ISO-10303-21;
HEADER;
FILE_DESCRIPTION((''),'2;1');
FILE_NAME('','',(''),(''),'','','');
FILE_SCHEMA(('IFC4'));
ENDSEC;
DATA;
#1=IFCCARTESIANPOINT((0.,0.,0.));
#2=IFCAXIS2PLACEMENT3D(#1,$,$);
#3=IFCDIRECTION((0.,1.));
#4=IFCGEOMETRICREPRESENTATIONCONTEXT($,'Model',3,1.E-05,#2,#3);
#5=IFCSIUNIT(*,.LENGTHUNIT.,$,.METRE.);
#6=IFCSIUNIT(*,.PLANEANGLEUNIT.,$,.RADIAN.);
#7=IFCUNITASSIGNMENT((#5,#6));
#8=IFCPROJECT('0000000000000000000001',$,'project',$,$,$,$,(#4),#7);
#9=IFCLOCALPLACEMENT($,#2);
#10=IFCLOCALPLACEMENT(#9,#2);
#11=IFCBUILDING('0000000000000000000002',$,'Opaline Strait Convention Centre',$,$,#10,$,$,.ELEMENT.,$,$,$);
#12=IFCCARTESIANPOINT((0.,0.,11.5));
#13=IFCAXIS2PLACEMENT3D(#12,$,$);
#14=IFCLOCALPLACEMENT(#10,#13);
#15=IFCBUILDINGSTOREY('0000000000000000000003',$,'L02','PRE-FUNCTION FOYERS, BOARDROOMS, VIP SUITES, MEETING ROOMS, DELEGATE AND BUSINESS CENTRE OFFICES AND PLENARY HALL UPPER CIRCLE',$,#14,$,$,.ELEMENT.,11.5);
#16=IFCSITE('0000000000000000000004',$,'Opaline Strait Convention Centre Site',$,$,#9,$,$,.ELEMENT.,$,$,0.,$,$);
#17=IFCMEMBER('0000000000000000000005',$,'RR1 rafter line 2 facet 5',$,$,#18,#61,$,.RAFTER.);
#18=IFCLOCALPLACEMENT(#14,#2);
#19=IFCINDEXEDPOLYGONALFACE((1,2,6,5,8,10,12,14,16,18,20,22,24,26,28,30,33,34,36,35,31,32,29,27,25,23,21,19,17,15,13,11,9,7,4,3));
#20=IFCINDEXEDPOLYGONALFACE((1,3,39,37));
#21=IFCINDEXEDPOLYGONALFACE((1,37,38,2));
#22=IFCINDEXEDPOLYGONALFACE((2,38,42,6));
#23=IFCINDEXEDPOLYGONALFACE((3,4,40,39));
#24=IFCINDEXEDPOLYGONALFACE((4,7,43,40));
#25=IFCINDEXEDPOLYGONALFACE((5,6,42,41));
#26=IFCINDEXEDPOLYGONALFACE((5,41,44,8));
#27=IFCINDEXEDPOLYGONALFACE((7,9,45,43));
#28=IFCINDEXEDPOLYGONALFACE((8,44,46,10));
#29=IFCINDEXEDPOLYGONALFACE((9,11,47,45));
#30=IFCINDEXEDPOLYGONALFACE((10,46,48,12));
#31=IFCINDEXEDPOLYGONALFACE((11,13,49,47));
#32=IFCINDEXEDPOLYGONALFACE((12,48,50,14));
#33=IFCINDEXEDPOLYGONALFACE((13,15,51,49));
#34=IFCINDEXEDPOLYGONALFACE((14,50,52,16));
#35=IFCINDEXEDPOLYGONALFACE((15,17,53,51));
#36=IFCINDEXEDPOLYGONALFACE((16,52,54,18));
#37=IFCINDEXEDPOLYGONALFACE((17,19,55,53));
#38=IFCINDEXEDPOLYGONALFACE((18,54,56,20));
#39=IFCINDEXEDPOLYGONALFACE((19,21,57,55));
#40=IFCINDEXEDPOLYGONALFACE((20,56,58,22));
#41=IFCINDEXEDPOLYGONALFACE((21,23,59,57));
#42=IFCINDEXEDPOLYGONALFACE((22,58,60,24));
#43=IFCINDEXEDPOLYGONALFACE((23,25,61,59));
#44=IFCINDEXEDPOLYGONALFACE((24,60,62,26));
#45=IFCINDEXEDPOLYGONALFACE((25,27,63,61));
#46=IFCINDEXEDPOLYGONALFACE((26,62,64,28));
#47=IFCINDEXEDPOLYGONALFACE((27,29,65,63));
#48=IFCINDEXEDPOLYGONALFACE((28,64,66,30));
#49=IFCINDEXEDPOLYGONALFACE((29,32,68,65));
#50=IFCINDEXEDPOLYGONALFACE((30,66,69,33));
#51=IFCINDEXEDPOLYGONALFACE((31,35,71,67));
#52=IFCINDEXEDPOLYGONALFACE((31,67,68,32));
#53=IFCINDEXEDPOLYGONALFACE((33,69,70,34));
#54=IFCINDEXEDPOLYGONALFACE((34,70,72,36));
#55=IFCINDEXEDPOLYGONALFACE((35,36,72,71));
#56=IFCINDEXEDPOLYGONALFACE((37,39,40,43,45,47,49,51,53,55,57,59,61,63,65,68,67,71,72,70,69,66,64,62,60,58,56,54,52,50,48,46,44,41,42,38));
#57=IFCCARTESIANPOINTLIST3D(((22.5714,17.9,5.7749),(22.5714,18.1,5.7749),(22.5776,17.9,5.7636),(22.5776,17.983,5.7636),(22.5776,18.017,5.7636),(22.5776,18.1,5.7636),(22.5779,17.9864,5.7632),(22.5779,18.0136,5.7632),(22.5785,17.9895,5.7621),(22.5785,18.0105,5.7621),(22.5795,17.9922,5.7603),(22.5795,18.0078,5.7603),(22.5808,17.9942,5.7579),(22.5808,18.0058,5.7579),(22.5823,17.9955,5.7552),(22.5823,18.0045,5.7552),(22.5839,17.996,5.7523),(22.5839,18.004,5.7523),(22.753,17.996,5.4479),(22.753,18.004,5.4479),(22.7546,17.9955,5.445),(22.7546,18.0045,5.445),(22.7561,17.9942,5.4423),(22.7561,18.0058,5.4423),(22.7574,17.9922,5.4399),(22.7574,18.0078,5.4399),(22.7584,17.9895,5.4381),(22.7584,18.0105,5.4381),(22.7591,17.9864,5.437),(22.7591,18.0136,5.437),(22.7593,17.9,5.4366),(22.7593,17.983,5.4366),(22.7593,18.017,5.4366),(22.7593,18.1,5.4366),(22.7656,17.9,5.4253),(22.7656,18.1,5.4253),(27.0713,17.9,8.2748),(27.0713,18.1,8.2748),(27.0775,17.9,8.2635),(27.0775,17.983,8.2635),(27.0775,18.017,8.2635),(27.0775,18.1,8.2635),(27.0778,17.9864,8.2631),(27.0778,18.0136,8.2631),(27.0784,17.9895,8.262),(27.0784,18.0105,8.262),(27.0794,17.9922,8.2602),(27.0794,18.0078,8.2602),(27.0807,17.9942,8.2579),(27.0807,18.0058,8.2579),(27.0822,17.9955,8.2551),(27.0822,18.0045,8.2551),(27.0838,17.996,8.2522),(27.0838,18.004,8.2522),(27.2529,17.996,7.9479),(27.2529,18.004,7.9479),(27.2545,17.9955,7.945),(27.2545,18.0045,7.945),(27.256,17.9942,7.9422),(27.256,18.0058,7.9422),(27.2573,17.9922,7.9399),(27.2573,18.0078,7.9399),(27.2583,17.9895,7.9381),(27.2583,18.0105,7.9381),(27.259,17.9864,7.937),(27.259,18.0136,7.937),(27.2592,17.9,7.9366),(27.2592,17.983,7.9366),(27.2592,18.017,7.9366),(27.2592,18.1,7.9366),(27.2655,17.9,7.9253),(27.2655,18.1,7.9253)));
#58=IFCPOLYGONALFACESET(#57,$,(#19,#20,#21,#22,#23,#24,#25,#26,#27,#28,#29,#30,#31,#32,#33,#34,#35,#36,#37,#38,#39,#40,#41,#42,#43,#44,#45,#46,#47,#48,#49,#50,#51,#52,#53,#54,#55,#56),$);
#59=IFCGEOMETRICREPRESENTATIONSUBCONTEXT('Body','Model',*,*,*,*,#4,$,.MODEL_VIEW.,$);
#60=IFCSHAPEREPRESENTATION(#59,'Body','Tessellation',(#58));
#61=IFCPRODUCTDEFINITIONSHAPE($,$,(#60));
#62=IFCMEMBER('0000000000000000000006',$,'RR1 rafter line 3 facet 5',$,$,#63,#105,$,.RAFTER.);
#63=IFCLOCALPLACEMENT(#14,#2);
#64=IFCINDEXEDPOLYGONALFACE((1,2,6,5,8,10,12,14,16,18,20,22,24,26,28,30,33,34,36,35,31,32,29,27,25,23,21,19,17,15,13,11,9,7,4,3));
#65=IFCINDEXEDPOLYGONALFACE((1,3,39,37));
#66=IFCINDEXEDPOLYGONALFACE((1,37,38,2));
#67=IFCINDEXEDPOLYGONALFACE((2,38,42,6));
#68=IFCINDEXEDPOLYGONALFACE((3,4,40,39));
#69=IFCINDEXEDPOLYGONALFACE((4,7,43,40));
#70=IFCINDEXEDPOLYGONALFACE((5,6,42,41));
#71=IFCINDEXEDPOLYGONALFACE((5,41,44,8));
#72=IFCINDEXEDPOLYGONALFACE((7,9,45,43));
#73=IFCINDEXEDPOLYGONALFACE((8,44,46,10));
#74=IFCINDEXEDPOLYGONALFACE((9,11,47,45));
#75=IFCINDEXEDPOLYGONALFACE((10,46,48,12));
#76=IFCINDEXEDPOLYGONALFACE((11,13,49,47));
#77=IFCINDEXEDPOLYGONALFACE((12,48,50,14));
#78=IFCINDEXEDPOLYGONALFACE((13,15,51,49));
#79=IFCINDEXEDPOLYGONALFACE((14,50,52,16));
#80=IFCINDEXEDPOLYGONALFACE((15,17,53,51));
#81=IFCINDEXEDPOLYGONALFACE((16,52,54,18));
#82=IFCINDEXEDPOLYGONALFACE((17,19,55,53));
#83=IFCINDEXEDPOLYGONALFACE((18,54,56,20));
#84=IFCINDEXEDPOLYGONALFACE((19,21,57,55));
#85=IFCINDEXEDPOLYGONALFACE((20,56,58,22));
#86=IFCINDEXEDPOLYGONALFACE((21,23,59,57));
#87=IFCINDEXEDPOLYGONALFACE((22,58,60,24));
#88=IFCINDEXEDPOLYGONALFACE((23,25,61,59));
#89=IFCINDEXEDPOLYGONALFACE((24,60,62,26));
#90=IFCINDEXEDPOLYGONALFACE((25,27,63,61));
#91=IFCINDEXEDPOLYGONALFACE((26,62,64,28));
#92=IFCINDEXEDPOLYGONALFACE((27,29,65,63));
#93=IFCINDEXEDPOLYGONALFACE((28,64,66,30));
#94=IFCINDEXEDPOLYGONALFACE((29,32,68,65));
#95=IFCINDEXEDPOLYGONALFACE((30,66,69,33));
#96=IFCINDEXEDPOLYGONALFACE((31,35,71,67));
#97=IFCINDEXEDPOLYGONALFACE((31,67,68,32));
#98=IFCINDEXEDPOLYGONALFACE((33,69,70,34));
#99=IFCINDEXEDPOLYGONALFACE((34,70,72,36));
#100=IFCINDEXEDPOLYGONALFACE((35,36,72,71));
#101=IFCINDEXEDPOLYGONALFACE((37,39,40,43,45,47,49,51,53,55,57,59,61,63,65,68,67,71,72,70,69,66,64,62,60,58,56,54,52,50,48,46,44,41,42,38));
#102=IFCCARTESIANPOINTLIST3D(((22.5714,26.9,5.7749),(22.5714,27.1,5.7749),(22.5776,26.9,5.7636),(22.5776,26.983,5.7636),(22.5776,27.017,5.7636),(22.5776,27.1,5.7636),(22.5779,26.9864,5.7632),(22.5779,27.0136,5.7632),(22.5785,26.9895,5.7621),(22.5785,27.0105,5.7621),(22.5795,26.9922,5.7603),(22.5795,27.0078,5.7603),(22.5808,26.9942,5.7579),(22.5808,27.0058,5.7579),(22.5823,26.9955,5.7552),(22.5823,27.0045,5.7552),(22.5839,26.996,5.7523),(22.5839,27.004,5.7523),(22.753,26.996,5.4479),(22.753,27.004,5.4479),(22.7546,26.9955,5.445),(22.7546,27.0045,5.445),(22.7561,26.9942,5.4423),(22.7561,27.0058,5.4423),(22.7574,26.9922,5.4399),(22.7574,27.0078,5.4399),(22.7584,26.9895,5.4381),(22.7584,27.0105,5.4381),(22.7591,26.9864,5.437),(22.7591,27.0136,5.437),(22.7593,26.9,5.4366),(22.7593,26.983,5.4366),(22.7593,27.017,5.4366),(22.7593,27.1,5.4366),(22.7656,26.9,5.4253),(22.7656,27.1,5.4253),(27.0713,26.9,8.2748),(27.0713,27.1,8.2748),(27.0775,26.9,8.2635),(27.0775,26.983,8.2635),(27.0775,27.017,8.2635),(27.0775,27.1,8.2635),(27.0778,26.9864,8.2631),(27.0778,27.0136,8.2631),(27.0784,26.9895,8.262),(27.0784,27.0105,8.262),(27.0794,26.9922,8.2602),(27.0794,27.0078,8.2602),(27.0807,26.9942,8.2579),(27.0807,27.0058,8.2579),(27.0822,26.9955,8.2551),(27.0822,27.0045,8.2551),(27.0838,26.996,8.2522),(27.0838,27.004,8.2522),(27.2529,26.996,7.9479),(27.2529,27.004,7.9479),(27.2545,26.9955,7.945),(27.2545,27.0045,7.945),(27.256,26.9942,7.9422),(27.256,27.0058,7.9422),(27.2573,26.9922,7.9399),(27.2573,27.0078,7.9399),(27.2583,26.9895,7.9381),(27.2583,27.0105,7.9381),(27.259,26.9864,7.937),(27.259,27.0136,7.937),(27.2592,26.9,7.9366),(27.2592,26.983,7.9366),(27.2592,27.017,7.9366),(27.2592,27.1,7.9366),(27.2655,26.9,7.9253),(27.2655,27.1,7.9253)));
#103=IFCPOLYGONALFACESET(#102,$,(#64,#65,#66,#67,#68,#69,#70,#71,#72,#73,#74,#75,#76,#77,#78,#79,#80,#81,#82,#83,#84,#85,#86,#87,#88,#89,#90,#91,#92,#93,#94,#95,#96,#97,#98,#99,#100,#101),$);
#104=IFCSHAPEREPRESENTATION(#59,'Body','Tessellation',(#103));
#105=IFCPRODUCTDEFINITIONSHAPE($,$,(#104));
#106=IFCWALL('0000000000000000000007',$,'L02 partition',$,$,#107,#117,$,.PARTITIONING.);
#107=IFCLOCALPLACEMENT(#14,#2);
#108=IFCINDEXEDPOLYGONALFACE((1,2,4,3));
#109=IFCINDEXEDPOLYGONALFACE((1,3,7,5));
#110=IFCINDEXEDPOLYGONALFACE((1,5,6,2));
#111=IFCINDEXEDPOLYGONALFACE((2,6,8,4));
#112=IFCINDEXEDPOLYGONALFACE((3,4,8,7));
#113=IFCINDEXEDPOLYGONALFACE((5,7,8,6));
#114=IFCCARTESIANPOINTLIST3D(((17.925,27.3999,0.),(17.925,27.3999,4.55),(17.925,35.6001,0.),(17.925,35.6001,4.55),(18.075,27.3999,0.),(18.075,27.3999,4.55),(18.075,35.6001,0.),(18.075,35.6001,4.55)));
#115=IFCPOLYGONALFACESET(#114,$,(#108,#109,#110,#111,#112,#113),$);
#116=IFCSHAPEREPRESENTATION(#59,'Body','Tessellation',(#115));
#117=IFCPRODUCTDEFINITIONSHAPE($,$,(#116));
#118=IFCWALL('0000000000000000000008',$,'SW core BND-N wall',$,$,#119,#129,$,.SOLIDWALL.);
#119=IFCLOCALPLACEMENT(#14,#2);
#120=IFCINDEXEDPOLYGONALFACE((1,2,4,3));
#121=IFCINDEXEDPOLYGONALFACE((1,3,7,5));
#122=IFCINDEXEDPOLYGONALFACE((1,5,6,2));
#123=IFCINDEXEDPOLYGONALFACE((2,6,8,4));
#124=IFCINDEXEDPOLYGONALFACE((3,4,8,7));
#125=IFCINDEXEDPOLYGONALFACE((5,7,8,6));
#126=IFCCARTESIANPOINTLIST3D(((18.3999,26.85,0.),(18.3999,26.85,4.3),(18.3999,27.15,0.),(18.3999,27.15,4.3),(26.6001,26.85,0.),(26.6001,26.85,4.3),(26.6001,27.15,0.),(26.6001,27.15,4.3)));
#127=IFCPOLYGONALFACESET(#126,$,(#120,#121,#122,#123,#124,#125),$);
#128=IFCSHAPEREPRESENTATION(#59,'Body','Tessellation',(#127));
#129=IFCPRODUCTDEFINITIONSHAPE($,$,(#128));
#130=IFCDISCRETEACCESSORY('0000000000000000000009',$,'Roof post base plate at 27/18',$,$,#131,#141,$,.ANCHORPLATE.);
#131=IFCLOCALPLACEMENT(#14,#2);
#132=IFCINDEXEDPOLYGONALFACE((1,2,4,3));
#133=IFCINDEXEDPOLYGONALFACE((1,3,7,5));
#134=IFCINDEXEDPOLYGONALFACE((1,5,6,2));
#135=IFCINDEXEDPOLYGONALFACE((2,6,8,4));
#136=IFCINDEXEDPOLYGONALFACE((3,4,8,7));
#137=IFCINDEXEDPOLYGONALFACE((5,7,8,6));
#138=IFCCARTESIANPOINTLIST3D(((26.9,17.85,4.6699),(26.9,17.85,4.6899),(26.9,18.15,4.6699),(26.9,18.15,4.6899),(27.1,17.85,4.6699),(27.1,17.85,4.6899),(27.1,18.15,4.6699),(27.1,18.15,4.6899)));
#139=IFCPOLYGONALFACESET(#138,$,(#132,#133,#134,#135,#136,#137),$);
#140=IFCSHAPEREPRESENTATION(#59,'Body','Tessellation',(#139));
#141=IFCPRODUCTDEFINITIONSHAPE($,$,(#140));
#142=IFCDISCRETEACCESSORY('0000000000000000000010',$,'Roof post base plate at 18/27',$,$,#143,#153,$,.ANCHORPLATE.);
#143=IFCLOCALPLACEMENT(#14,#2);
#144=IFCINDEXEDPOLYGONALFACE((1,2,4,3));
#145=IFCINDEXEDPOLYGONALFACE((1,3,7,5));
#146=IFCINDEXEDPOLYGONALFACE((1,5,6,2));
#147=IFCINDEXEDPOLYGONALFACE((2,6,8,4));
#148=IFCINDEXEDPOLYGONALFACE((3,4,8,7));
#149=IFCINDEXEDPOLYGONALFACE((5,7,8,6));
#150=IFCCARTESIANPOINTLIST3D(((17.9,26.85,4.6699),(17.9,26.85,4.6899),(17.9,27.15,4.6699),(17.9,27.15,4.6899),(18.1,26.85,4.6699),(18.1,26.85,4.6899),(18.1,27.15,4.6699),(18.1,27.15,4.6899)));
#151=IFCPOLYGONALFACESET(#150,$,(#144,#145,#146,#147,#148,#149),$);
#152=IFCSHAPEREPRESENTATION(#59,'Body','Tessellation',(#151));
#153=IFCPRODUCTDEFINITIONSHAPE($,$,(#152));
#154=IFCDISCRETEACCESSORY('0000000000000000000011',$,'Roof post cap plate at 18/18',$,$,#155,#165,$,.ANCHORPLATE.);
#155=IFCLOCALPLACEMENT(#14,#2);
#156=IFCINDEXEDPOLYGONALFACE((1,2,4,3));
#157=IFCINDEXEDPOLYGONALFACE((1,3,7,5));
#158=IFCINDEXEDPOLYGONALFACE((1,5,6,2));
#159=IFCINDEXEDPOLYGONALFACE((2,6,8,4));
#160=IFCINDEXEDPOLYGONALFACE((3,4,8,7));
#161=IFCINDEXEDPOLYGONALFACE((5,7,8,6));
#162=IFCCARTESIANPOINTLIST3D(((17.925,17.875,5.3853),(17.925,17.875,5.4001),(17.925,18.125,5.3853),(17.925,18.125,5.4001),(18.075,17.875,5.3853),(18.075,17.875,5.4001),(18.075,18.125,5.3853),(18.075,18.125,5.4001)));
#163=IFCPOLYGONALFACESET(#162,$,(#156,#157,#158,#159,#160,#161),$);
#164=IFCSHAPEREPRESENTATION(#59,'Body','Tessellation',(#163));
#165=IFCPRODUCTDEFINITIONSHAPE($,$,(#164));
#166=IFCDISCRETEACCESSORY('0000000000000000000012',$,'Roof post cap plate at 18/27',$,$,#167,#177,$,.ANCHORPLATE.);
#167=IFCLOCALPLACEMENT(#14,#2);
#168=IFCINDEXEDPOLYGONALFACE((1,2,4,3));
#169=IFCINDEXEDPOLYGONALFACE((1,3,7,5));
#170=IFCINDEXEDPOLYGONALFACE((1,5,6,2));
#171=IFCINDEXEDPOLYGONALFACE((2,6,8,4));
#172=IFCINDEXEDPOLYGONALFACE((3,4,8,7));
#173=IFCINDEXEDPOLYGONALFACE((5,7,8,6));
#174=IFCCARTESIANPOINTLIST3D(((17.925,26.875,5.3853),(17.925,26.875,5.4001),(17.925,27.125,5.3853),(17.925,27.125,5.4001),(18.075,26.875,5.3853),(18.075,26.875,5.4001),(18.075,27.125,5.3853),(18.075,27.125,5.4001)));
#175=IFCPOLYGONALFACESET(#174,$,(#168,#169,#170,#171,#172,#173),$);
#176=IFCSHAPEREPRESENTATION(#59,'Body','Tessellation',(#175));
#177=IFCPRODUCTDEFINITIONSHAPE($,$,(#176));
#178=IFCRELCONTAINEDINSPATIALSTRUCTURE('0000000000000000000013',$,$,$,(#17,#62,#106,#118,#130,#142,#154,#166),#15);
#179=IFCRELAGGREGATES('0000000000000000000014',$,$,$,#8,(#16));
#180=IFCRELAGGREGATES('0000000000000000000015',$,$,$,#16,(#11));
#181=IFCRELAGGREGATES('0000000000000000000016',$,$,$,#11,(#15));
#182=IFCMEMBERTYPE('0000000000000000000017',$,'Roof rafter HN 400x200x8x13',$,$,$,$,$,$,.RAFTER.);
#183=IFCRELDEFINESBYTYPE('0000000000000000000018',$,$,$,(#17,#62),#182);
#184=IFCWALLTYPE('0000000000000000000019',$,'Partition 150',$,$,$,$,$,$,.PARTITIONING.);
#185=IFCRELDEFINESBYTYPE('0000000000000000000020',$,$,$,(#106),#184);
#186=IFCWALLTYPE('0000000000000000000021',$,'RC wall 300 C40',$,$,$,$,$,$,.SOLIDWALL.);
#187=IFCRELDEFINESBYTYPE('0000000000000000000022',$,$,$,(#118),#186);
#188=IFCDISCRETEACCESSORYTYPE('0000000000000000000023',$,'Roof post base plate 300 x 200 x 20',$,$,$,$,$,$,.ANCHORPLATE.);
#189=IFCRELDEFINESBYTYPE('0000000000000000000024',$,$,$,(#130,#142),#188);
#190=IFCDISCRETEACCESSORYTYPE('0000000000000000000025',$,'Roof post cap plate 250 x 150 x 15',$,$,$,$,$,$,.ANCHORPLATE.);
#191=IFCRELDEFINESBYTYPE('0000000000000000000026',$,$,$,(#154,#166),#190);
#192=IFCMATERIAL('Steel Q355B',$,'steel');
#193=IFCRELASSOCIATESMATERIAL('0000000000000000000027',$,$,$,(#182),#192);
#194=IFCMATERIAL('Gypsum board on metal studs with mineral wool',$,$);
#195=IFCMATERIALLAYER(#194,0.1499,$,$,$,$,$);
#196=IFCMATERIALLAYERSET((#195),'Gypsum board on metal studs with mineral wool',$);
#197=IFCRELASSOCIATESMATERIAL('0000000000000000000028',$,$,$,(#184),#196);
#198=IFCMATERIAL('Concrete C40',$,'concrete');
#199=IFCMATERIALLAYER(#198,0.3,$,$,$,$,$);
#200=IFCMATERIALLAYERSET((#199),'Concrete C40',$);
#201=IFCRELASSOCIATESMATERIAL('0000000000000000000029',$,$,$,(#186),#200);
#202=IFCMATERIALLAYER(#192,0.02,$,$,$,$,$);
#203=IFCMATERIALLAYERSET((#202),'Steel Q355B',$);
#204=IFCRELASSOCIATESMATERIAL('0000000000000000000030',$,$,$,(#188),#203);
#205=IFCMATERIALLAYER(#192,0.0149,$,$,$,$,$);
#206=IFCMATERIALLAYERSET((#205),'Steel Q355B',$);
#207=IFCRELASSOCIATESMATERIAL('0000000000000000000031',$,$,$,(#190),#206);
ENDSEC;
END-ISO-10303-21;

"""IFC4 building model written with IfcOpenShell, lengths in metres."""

from ifc_helpers import new_model, si_unit, direction, frame, frame_2d, origin, origin_2d, place, context, subcontext, project, spatial, rectangle, i_section, extrude, material, layer, layer_set, material_profile, profile_set, type_object, element, save


model = new_model("IFC4")

# Units and contexts
model_context = context("Model", 3, precision=1e-05, world=origin(), true_north=direction((0.0, 1.0)))
body_context = subcontext(model_context, "Body", "Model", "MODEL_VIEW")
ifc_project = project(units=[si_unit("LENGTHUNIT", "METRE"), si_unit("PLANEANGLEUNIT", "RADIAN")], contexts=[model_context])

# Site, building, storey
site_placement = place(None, origin())
site = spatial("IfcSite", under=ifc_project, at=site_placement, Name="Opaline Strait Convention Centre Site", CompositionType="ELEMENT", RefElevation=0.0)
building_placement = place(site_placement, origin())
building = spatial("IfcBuilding", under=site, at=building_placement, Name="Opaline Strait Convention Centre", CompositionType="ELEMENT")
storey_placement = place(building_placement, frame((0.0, 0.0, 11.5)))
storey = spatial("IfcBuildingStorey", under=building, at=storey_placement, Name="L02", Description="PRE-FUNCTION FOYERS, BOARDROOMS, VIP SUITES, MEETING ROOMS, DELEGATE AND BUSINESS CENTRE OFFICES AND PLENARY HALL UPPER CIRCLE", CompositionType="ELEMENT", Elevation=11.5)

# Shared definitions
ifc_material_1 = material(Name="Concrete C40", Category="concrete")

# Shared definitions
ifc_material_2 = material(Name="Steel Q355B", Category="steel")

# Members
ifc_material_profile_1 = material_profile(ifc_material_2, i_section(OverallWidth=0.2, OverallDepth=0.3999, WebThickness=0.0081, FlangeThickness=0.0129, FilletRadius=0.0129, at=origin_2d()), Name="HN 400x200x8x13")
ifc_profile_set_1 = profile_set([ifc_material_profile_1], Name="Steel Q355B")
member_type_1 = type_object("IfcMemberType", Name="Roof rafter HN 400x200x8x13", PredefinedType="RAFTER", material=ifc_profile_set_1)
for number, where, z_axis, x_axis, name in (
    (1, (22.6685, 18.0, 5.6001), (0.874157, 0.0, 0.485643), (0.0, 1.0, 0.0), "RR1 rafter line 2 facet 5"),
    (2, (22.6685, 27.0, 5.6001), (0.874157, 0.0, 0.485643), (0.0, 1.0, 0.0), "RR1 rafter line 3 facet 5"),
):
    element("IfcMember", number, at=place(storey_placement, frame(where, z_axis=z_axis, x_axis=x_axis)), inside=storey, type_object=member_type_1, Name=name, PredefinedType="RAFTER", context=body_context, shape_type="SweptSolid", body=[
        extrude(i_section(OverallWidth=0.2, OverallDepth=0.3999, WebThickness=0.0081, FlangeThickness=0.0129, FilletRadius=0.0129, at=origin_2d()), origin(), (0.0, 0.0, 1.0), 5.1477),
    ])

# Walls
ifc_material_3 = material(Name="Gypsum board on metal studs with mineral wool")
ifc_layer_1 = layer(ifc_material_3, 0.1499)
ifc_layer_set_1 = layer_set([ifc_layer_1], Name="Gypsum board on metal studs with mineral wool")
wall_type_1 = type_object("IfcWallType", Name="Partition 150", PredefinedType="PARTITIONING", material=ifc_layer_set_1)
wall_1_placement = place(storey_placement, frame((18.0, 27.3999, 0.0), z_axis=(0.0, 0.0, 1.0), x_axis=(0.0, 1.0, 0.0)))
element("IfcWall", 3, at=wall_1_placement, inside=storey, type_object=wall_type_1, Name="L02 partition", PredefinedType="PARTITIONING", context=body_context, shape_type="SweptSolid", body=[
    extrude(rectangle(XDim=8.2002, YDim=0.1499, at=frame_2d((4.1001, 0.0))), origin(), (0.0, 0.0, 1.0), 4.55),
])
ifc_layer_2 = layer(ifc_material_1, 0.3)
ifc_layer_set_2 = layer_set([ifc_layer_2], Name="Concrete C40")
wall_type_2 = type_object("IfcWallType", Name="RC wall 300 C40", PredefinedType="SOLIDWALL", material=ifc_layer_set_2)
wall_2_placement = place(storey_placement, frame((18.3999, 27.0, 0.0), z_axis=(0.0, 0.0, 1.0), x_axis=(1.0, 0.0, 0.0)))
element("IfcWall", 4, at=wall_2_placement, inside=storey, type_object=wall_type_2, Name="SW core BND-N wall", PredefinedType="SOLIDWALL", context=body_context, shape_type="SweptSolid", body=[
    extrude(rectangle(XDim=8.2002, YDim=0.3, at=frame_2d((4.1001, 0.0))), origin(), (0.0, 0.0, 1.0), 4.3),
])

# Discrete accessories
ifc_layer_3 = layer(ifc_material_2, 0.02)
ifc_layer_set_3 = layer_set([ifc_layer_3], Name="Steel Q355B")
discrete_accessory_type_1 = type_object("IfcDiscreteAccessoryType", Name="Roof post base plate 300 x 200 x 20", PredefinedType="ANCHORPLATE", material=ifc_layer_set_3)
for number, where, z_axis, x_axis, name in (
    (5, (27.0, 18.0, 4.6699), (0.0, 0.0, 1.0), (1.0, 0.0, 0.0), "Roof post base plate at 27/18"),
    (6, (18.0, 27.0, 4.6699), (0.0, 0.0, 1.0), (1.0, 0.0, 0.0), "Roof post base plate at 18/27"),
):
    element("IfcDiscreteAccessory", number, at=place(storey_placement, frame(where, z_axis=z_axis, x_axis=x_axis)), inside=storey, type_object=discrete_accessory_type_1, Name=name, PredefinedType="ANCHORPLATE", context=body_context, shape_type="SweptSolid", body=[
        extrude(rectangle(XDim=0.2, YDim=0.3, at=origin_2d()), origin(), (0.0, 0.0, 1.0), 0.02),
    ])
ifc_layer_4 = layer(ifc_material_2, 0.0149)
ifc_layer_set_4 = layer_set([ifc_layer_4], Name="Steel Q355B")
discrete_accessory_type_2 = type_object("IfcDiscreteAccessoryType", Name="Roof post cap plate 250 x 150 x 15", PredefinedType="ANCHORPLATE", material=ifc_layer_set_4)
for number, where, z_axis, x_axis, name in (
    (7, (18.0, 18.0, 5.3853), (0.0, 0.0, 1.0), (1.0, 0.0, 0.0), "Roof post cap plate at 18/18"),
    (8, (18.0, 27.0, 5.3853), (0.0, 0.0, 1.0), (1.0, 0.0, 0.0), "Roof post cap plate at 18/27"),
):
    element("IfcDiscreteAccessory", number, at=place(storey_placement, frame(where, z_axis=z_axis, x_axis=x_axis)), inside=storey, type_object=discrete_accessory_type_2, Name=name, PredefinedType="ANCHORPLATE", context=body_context, shape_type="SweptSolid", body=[
        extrude(rectangle(XDim=0.1499, YDim=0.25, at=origin_2d()), origin(), (0.0, 0.0, 1.0), 0.0149),
    ])

save(model, "model.ifc")
